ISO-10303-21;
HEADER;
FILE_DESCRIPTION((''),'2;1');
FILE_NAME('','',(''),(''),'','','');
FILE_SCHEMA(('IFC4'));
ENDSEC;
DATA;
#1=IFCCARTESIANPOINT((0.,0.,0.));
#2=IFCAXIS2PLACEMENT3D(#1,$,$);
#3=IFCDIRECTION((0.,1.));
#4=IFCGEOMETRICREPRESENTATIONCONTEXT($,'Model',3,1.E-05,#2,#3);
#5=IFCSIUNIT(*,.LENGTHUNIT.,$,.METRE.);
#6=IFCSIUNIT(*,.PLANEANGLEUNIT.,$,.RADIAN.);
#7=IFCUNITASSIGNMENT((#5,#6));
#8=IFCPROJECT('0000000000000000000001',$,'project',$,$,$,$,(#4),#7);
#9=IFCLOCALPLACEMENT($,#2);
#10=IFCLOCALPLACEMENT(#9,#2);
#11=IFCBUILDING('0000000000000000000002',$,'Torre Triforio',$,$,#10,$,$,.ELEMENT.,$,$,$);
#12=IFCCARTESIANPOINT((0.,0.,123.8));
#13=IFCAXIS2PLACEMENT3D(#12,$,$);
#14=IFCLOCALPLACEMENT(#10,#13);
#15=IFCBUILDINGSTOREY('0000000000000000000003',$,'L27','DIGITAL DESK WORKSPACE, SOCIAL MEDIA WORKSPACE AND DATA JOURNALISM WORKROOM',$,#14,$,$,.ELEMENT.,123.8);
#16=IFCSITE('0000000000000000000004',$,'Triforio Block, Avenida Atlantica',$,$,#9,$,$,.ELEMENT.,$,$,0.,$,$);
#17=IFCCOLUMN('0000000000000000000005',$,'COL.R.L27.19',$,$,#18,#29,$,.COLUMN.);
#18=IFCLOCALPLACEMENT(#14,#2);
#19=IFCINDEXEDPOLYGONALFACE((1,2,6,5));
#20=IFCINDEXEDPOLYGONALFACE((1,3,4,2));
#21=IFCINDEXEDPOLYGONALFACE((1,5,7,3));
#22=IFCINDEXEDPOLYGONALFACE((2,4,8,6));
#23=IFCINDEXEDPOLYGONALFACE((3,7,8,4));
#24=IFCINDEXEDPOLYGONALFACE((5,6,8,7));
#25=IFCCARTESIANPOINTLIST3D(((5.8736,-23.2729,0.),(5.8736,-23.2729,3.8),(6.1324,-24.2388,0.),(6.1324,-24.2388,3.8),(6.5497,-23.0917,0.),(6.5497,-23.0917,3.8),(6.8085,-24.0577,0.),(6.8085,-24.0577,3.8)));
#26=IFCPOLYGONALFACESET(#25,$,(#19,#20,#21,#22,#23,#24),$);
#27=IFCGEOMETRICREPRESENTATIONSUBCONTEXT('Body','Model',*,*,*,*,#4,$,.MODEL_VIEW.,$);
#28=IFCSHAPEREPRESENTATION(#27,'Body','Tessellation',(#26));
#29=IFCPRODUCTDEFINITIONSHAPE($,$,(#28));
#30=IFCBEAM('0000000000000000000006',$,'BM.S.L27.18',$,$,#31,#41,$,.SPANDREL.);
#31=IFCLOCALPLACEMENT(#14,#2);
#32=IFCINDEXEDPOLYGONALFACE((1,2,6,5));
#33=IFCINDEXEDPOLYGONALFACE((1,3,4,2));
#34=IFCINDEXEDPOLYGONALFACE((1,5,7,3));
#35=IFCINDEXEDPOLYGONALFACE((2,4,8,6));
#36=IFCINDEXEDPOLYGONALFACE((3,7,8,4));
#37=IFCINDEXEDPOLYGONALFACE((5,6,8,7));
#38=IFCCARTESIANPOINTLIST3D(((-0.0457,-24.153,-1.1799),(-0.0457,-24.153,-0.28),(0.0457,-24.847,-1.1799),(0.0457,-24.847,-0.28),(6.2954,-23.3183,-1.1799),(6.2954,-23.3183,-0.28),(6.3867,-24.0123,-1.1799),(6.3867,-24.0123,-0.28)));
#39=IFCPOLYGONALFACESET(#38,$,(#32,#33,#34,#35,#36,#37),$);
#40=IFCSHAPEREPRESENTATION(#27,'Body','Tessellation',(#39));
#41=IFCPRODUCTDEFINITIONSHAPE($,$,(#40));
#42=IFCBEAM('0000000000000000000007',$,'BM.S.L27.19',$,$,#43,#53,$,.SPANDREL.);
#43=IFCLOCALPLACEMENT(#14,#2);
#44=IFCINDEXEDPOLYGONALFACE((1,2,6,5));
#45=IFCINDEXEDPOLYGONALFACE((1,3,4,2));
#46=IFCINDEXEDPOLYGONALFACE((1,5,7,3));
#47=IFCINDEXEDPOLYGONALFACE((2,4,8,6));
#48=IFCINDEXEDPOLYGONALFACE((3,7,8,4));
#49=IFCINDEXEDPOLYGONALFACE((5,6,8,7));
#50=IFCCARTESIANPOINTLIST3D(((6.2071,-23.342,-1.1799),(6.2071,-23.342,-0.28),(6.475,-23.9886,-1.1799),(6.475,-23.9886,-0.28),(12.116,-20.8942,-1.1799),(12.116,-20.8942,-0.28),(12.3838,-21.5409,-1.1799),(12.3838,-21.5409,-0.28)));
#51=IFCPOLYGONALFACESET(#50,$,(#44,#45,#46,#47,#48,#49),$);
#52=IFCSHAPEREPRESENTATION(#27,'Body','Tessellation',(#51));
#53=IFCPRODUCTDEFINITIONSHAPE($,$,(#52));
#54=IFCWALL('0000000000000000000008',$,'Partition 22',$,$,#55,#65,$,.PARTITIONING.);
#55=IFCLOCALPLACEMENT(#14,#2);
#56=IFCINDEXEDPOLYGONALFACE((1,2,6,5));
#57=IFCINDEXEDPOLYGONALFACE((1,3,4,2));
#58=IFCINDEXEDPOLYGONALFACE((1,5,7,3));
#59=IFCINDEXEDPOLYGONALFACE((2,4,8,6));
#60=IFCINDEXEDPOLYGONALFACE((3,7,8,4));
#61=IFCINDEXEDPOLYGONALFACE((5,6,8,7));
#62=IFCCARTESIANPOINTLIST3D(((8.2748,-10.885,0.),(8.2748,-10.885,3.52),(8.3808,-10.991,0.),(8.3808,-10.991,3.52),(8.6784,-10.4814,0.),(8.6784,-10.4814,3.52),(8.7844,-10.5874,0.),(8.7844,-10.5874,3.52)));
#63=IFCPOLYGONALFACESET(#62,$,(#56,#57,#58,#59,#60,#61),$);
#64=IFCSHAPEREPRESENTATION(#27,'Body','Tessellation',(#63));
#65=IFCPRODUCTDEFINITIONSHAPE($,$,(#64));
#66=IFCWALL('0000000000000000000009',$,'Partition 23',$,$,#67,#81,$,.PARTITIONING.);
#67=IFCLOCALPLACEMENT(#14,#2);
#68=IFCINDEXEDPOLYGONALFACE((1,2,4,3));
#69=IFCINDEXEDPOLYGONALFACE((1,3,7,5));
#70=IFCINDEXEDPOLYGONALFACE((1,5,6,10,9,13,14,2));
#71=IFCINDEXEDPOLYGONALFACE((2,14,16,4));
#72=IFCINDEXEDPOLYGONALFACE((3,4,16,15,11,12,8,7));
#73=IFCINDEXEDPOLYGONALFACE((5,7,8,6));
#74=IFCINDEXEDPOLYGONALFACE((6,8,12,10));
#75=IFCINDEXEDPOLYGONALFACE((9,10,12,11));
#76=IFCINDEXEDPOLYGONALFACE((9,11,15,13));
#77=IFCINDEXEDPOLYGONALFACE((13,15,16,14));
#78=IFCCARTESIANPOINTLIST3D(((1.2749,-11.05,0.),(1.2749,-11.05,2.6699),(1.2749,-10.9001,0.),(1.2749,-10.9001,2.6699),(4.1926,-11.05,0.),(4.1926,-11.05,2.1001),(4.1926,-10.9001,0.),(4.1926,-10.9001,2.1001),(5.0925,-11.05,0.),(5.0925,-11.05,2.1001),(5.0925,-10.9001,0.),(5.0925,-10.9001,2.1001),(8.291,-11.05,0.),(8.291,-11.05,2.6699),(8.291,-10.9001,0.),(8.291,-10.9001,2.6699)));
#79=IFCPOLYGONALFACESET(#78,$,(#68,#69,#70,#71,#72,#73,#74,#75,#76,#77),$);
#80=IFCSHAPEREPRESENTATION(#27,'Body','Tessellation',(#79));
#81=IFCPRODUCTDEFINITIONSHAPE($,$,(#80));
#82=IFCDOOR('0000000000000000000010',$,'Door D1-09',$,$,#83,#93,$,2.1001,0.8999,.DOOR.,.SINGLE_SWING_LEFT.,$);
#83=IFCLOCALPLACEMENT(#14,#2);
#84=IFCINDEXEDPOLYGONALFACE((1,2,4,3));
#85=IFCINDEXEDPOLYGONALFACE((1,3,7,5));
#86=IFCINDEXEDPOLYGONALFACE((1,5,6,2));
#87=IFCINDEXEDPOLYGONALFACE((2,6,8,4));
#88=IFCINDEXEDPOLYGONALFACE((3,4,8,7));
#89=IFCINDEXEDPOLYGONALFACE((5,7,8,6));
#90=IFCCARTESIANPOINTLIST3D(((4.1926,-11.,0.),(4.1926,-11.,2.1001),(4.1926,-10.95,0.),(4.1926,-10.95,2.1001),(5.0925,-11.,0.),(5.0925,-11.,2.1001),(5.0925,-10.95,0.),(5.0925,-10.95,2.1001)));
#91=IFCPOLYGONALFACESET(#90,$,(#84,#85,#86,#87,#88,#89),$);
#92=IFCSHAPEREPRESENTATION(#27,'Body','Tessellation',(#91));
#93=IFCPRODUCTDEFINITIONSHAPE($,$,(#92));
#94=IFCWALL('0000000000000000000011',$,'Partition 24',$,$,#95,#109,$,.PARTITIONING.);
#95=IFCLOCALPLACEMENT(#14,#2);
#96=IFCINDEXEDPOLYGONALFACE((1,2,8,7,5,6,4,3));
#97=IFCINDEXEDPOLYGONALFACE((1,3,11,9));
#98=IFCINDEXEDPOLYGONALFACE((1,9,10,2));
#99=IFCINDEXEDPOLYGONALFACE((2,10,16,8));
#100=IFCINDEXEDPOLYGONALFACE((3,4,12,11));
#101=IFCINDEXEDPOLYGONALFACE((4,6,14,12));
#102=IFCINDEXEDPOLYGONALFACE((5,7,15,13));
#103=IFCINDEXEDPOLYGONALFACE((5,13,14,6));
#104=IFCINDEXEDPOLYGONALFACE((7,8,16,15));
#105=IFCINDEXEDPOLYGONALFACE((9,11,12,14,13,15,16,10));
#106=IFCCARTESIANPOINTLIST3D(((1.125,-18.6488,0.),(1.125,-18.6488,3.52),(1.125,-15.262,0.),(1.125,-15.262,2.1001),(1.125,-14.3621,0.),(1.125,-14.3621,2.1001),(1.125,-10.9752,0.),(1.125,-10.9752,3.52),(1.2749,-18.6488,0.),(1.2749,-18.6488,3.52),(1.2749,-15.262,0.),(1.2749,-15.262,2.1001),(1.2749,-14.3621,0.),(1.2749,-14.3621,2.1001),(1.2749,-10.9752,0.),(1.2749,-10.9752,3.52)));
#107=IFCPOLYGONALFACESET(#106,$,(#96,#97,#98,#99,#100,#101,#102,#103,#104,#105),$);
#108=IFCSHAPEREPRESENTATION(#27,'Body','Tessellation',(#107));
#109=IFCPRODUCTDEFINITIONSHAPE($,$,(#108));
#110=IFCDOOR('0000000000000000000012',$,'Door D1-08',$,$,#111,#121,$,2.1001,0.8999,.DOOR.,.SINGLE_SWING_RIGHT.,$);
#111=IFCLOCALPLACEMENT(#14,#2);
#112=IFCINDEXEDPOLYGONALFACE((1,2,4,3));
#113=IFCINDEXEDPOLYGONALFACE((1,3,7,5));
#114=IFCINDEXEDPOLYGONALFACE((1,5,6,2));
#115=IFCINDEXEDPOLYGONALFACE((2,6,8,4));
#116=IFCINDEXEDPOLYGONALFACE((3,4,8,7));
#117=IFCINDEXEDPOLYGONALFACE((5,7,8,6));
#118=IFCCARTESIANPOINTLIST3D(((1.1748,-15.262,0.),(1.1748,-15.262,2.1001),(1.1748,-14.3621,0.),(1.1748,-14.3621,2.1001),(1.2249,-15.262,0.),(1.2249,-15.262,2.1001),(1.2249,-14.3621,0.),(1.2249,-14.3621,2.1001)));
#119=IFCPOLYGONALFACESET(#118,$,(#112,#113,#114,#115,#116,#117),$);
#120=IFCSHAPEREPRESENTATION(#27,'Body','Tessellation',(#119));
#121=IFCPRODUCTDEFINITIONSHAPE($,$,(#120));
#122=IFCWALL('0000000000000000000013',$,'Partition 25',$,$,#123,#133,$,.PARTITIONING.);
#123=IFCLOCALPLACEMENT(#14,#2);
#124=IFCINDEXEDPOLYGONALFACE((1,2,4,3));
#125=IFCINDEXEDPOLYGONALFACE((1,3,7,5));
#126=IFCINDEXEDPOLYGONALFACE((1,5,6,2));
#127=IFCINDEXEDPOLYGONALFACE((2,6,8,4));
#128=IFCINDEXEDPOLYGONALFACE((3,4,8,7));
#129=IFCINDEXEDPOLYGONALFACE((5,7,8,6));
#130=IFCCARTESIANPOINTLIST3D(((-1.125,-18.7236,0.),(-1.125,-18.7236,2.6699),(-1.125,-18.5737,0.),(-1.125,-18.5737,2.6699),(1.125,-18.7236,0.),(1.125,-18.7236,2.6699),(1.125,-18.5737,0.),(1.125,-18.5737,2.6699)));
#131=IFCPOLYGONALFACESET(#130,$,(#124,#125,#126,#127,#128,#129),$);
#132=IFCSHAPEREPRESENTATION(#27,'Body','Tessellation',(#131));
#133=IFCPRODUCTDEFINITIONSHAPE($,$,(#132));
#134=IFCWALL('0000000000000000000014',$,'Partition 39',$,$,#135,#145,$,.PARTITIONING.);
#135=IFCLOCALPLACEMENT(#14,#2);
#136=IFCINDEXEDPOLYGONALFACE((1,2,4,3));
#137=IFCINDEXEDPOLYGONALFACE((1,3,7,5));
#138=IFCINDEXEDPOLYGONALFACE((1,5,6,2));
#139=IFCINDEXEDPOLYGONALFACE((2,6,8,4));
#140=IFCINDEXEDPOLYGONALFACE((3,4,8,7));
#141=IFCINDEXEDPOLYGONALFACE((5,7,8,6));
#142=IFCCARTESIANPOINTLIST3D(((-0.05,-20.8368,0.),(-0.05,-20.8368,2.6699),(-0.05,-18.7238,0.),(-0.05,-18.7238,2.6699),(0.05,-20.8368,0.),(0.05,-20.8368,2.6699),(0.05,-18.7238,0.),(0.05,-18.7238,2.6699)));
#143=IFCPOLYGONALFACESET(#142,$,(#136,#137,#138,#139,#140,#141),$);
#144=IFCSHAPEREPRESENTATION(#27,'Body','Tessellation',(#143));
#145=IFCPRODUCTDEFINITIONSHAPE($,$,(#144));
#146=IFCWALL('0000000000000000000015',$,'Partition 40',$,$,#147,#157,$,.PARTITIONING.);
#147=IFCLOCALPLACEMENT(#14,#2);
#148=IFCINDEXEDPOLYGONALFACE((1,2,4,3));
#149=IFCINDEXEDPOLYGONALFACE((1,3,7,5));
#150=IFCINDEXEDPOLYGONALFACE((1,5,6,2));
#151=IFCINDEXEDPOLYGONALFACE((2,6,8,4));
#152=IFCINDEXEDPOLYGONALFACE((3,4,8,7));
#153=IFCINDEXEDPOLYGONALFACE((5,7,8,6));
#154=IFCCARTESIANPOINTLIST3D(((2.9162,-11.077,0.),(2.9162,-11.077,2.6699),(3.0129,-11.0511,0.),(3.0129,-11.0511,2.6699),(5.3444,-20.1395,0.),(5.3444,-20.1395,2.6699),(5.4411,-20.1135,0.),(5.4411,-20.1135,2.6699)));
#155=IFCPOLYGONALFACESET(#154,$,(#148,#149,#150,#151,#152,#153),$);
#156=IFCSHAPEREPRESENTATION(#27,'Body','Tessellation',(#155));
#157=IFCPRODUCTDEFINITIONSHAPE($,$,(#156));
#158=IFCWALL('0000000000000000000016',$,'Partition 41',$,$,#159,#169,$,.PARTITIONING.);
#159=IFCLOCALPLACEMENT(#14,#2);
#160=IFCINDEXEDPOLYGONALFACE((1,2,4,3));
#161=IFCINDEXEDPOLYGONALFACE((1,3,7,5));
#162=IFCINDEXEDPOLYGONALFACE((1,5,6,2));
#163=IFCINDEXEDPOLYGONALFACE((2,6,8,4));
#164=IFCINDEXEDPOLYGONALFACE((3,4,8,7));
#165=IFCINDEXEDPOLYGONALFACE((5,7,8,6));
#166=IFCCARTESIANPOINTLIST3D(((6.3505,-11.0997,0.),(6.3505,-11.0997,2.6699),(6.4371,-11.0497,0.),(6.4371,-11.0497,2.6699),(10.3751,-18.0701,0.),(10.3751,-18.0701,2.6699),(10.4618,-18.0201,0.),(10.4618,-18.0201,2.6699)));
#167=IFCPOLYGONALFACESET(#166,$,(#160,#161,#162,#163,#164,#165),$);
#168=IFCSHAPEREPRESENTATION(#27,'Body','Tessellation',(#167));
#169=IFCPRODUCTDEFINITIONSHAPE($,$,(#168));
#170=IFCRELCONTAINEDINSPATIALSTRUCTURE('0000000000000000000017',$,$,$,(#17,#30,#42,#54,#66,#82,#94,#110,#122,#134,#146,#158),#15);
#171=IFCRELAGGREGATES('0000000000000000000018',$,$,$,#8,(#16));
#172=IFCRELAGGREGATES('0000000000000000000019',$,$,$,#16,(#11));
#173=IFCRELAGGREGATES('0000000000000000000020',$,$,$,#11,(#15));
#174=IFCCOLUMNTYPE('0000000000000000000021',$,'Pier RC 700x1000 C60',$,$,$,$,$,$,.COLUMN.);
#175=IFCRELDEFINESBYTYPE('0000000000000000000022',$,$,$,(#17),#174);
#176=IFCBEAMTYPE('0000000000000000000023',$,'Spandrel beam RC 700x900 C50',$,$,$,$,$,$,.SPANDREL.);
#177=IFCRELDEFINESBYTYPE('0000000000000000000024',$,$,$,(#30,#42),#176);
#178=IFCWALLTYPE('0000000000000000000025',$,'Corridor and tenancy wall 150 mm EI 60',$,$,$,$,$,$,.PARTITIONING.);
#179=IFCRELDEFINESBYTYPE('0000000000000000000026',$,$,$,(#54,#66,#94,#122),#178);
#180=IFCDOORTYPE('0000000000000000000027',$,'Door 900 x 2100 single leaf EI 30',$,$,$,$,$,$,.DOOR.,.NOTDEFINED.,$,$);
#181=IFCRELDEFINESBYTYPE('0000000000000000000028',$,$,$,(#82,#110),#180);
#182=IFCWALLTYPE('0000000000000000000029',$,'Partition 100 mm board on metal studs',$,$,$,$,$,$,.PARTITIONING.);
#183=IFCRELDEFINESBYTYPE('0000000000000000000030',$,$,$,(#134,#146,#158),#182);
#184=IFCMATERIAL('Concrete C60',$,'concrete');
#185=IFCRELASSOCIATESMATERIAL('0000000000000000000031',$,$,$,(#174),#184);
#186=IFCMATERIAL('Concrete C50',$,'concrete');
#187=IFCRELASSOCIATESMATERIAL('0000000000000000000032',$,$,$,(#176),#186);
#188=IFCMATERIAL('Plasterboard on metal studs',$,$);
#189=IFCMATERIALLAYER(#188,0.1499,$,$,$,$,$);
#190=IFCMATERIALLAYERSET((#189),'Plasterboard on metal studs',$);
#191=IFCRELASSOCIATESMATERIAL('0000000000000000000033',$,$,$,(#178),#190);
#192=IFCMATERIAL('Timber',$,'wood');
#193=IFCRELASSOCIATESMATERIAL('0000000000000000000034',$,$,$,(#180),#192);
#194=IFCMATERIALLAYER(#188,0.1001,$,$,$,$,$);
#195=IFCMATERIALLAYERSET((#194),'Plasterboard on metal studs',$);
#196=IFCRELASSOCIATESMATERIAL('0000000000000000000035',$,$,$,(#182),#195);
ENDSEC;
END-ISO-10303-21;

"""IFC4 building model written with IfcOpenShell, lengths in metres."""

from ifc_helpers import new_model, si_unit, direction, frame, frame_2d, origin, origin_2d, place, context, subcontext, project, spatial, rectangle, extrude, material, layer, layer_set, material_profile, profile_set, type_object, element, fill, save


model = new_model("IFC4")

# Units and contexts
model_context = context("Model", 3, precision=1e-05, world=origin(), true_north=direction((0.0, 1.0)))
body_context = subcontext(model_context, "Body", "Model", "MODEL_VIEW")
ifc_project = project(units=[si_unit("LENGTHUNIT", "METRE"), si_unit("PLANEANGLEUNIT", "RADIAN")], contexts=[model_context])

# Site, building, storey
site_placement = place(None, origin())
site = spatial("IfcSite", under=ifc_project, at=site_placement, Name="Triforio Block, Avenida Atlantica", CompositionType="ELEMENT", RefElevation=0.0)
building_placement = place(site_placement, origin())
building = spatial("IfcBuilding", under=site, at=building_placement, Name="Torre Triforio", CompositionType="ELEMENT")
storey_placement = place(building_placement, frame((0.0, 0.0, 123.8)))
storey = spatial("IfcBuildingStorey", under=building, at=storey_placement, Name="L27", Description="DIGITAL DESK WORKSPACE, SOCIAL MEDIA WORKSPACE AND DATA JOURNALISM WORKROOM", CompositionType="ELEMENT", Elevation=123.8)

# Column
ifc_material_1 = material(Name="Concrete C60", Category="concrete")
ifc_material_profile_1 = material_profile(ifc_material_1, rectangle(XDim=0.7, YDim=1.0, at=origin_2d()), Name="RC 700x1000")
ifc_profile_set_1 = profile_set([ifc_material_profile_1], Name="Concrete C60")
column_type = type_object("IfcColumnType", Name="Pier RC 700x1000 C60", PredefinedType="COLUMN", material=ifc_profile_set_1)
column_placement = place(storey_placement, frame((6.3411, -23.6653, 0.0), z_axis=(0.0, 0.0, 1.0), x_axis=(0.965926, 0.258819, 0.0)))
element("IfcColumn", 1, at=column_placement, inside=storey, type_object=column_type, Name="COL.R.L27.19", PredefinedType="COLUMN", context=body_context, shape_type="SweptSolid", body=[
    extrude(rectangle(XDim=0.7, YDim=1.0, at=origin_2d()), origin(), (0.0, 0.0, 1.0), 3.8),
])

# Beams
ifc_material_2 = material(Name="Concrete C50", Category="concrete")
ifc_material_profile_2 = material_profile(ifc_material_2, rectangle(XDim=0.7, YDim=0.8999, at=origin_2d()), Name="RC 700x900")
ifc_profile_set_2 = profile_set([ifc_material_profile_2], Name="Concrete C50")
beam_type = type_object("IfcBeamType", Name="Spandrel beam RC 700x900 C50", PredefinedType="SPANDREL", material=ifc_profile_set_2)
for number, where, z_axis, x_axis, name in (
    (2, (0.0, -24.5, -0.73), (0.991447, 0.130511, 0.0), (-0.130511, 0.991447, 0.0), "BM.S.L27.18"),
    (3, (6.3411, -23.6653, -0.73), (0.923869, 0.382709, 0.0), (-0.382709, 0.923869, 0.0), "BM.S.L27.19"),
):
    element("IfcBeam", number, at=place(storey_placement, frame(where, z_axis=z_axis, x_axis=x_axis)), inside=storey, type_object=beam_type, Name=name, PredefinedType="SPANDREL", context=body_context, shape_type="SweptSolid", body=[
        extrude(rectangle(XDim=0.7, YDim=0.8999, at=origin_2d()), origin(), (0.0, 0.0, 1.0), 6.3958),
    ])

# Wall
ifc_material_3 = material(Name="Plasterboard on metal studs")
ifc_layer_1 = layer(ifc_material_3, 0.1499)
ifc_layer_set_1 = layer_set([ifc_layer_1], Name="Plasterboard on metal studs")
wall_type_1 = type_object("IfcWallType", Name="Corridor and tenancy wall 150 mm EI 60", PredefinedType="PARTITIONING", material=ifc_layer_set_1)
wall_1_placement = place(storey_placement, frame((8.7314, -10.5344, 0.0), z_axis=(0.0, 0.0, 1.0), x_axis=(-0.707107, -0.707107, 0.0)))
element("IfcWall", 4, at=wall_1_placement, inside=storey, type_object=wall_type_1, Name="Partition 22", PredefinedType="PARTITIONING", context=body_context, shape_type="SweptSolid", body=[
    extrude(rectangle(XDim=0.5708, YDim=0.1499, at=frame_2d((0.2854, 0.0))), origin(), (0.0, 0.0, 1.0), 3.52),
])

# Walls, openings, doors
wall_2_placement = place(storey_placement, frame((8.291, -10.9751, 0.0), z_axis=(0.0, 0.0, 1.0), x_axis=(-1.0, 0.0, 0.0)))
wall_2 = element("IfcWall", 5, at=wall_2_placement, inside=storey, type_object=wall_type_1, Name="Partition 23", PredefinedType="PARTITIONING", context=body_context, shape_type="SweptSolid", body=[
    extrude(rectangle(XDim=7.0161, YDim=0.1499, at=frame_2d((3.5081, 0.0))), origin(), (0.0, 0.0, 1.0), 2.6699),
])
opening_1_placement = place(wall_2_placement, frame((3.1985, 0.0, 0.0)))
opening_1 = element("IfcOpeningElement", 6, at=opening_1_placement, cuts=wall_2, PredefinedType="OPENING", context=body_context, shape_type="SweptSolid", body=[
    extrude(rectangle(XDim=0.8999, YDim=2.1001, at=frame_2d((0.45, 1.05))), frame((0.0, 0.085, 0.0), z_axis=(0.0, -1.0, 0.0), x_axis=(1.0, 0.0, 0.0)), (0.0, 0.0, 1.0), 0.1699),
])
ifc_material_4 = material(Name="Timber", Category="wood")
door_type_1 = type_object("IfcDoorType", Name="Door 900 x 2100 single leaf EI 30", OperationType="NOTDEFINED", PredefinedType="DOOR", material=ifc_material_4)
door_1_placement = place(opening_1_placement, origin())
door_1 = element("IfcDoor", 7, at=door_1_placement, inside=storey, type_object=door_type_1, Name="Door D1-09", OperationType="SINGLE_SWING_LEFT", OverallHeight=2.1001, OverallWidth=0.8999, PredefinedType="DOOR", context=body_context, shape_type="SweptSolid", body=[
    extrude(rectangle(XDim=0.8999, YDim=2.1001, at=frame_2d((0.45, 1.05))), frame((0.0, 0.0249, 0.0), z_axis=(0.0, -1.0, 0.0), x_axis=(1.0, 0.0, 0.0)), (0.0, 0.0, 1.0), 0.05),
])
fill(opening_1, door_1)
wall_3_placement = place(storey_placement, frame((1.2, -10.9751, 0.0), z_axis=(0.0, 0.0, 1.0), x_axis=(0.0, -1.0, 0.0)))
wall_3 = element("IfcWall", 8, at=wall_3_placement, inside=storey, type_object=wall_type_1, Name="Partition 24", PredefinedType="PARTITIONING", context=body_context, shape_type="SweptSolid", body=[
    extrude(rectangle(XDim=7.6736, YDim=0.1499, at=frame_2d((3.8369, 0.0))), origin(), (0.0, 0.0, 1.0), 3.52),
])
opening_2_placement = place(wall_3_placement, frame((3.387, 0.0, 0.0)))
opening_2 = element("IfcOpeningElement", 9, at=opening_2_placement, cuts=wall_3, PredefinedType="OPENING", context=body_context, shape_type="SweptSolid", body=[
    extrude(rectangle(XDim=0.8999, YDim=2.1001, at=frame_2d((0.45, 1.05))), frame((0.0, 0.085, 0.0), z_axis=(0.0, -1.0, 0.0), x_axis=(1.0, 0.0, 0.0)), (0.0, 0.0, 1.0), 0.1699),
])
door_2_placement = place(opening_2_placement, origin())
door_2 = element("IfcDoor", 10, at=door_2_placement, inside=storey, type_object=door_type_1, Name="Door D1-08", OperationType="SINGLE_SWING_RIGHT", OverallHeight=2.1001, OverallWidth=0.8999, PredefinedType="DOOR", context=body_context, shape_type="SweptSolid", body=[
    extrude(rectangle(XDim=0.8999, YDim=2.1001, at=frame_2d((0.45, 1.05))), frame((0.0, 0.0249, 0.0), z_axis=(0.0, -1.0, 0.0), x_axis=(1.0, 0.0, 0.0)), (0.0, 0.0, 1.0), 0.05),
])
fill(opening_2, door_2)

# Walls
wall_4_placement = place(storey_placement, frame((1.125, -18.6487, 0.0), z_axis=(0.0, 0.0, 1.0), x_axis=(-1.0, 0.0, 0.0)))
element("IfcWall", 11, at=wall_4_placement, inside=storey, type_object=wall_type_1, Name="Partition 25", PredefinedType="PARTITIONING", context=body_context, shape_type="SweptSolid", body=[
    extrude(rectangle(XDim=2.25, YDim=0.1499, at=frame_2d((1.125, 0.0))), origin(), (0.0, 0.0, 1.0), 2.6699),
])
ifc_layer_2 = layer(ifc_material_3, 0.1001)
ifc_layer_set_2 = layer_set([ifc_layer_2], Name="Plasterboard on metal studs")
wall_type_2 = type_object("IfcWallType", Name="Partition 100 mm board on metal studs", PredefinedType="PARTITIONING", material=ifc_layer_set_2)
wall_5_placement = place(storey_placement, frame((0.0, -18.7236, 0.0), z_axis=(0.0, 0.0, 1.0), x_axis=(0.0, -1.0, 0.0)))
element("IfcWall", 12, at=wall_5_placement, inside=storey, type_object=wall_type_2, Name="Partition 39", PredefinedType="PARTITIONING", context=body_context, shape_type="SweptSolid", body=[
    extrude(rectangle(XDim=2.113, YDim=0.1001, at=frame_2d((1.0566, 0.0))), origin(), (0.0, 0.0, 1.0), 2.6699),
])
wall_6_placement = place(storey_placement, frame((2.9646, -11.0642, 0.0), z_axis=(0.0, 0.0, 1.0), x_axis=(0.258812, -0.965928, 0.0)))
element("IfcWall", 13, at=wall_6_placement, inside=storey, type_object=wall_type_2, Name="Partition 40", PredefinedType="PARTITIONING", context=body_context, shape_type="SweptSolid", body=[
    extrude(rectangle(XDim=9.3821, YDim=0.1001, at=frame_2d((4.6909, 0.0))), origin(), (0.0, 0.0, 1.0), 2.6699),
])
wall_7_placement = place(storey_placement, frame((6.3938, -11.0747, 0.0), z_axis=(0.0, 0.0, 1.0), x_axis=(0.500024, -0.866011, 0.0)))
element("IfcWall", 14, at=wall_7_placement, inside=storey, type_object=wall_type_2, Name="Partition 41", PredefinedType="PARTITIONING", context=body_context, shape_type="SweptSolid", body=[
    extrude(rectangle(XDim=8.0488, YDim=0.1001, at=frame_2d((4.0244, 0.0))), origin(), (0.0, 0.0, 1.0), 2.6699),
])

save(model, "model.ifc")
